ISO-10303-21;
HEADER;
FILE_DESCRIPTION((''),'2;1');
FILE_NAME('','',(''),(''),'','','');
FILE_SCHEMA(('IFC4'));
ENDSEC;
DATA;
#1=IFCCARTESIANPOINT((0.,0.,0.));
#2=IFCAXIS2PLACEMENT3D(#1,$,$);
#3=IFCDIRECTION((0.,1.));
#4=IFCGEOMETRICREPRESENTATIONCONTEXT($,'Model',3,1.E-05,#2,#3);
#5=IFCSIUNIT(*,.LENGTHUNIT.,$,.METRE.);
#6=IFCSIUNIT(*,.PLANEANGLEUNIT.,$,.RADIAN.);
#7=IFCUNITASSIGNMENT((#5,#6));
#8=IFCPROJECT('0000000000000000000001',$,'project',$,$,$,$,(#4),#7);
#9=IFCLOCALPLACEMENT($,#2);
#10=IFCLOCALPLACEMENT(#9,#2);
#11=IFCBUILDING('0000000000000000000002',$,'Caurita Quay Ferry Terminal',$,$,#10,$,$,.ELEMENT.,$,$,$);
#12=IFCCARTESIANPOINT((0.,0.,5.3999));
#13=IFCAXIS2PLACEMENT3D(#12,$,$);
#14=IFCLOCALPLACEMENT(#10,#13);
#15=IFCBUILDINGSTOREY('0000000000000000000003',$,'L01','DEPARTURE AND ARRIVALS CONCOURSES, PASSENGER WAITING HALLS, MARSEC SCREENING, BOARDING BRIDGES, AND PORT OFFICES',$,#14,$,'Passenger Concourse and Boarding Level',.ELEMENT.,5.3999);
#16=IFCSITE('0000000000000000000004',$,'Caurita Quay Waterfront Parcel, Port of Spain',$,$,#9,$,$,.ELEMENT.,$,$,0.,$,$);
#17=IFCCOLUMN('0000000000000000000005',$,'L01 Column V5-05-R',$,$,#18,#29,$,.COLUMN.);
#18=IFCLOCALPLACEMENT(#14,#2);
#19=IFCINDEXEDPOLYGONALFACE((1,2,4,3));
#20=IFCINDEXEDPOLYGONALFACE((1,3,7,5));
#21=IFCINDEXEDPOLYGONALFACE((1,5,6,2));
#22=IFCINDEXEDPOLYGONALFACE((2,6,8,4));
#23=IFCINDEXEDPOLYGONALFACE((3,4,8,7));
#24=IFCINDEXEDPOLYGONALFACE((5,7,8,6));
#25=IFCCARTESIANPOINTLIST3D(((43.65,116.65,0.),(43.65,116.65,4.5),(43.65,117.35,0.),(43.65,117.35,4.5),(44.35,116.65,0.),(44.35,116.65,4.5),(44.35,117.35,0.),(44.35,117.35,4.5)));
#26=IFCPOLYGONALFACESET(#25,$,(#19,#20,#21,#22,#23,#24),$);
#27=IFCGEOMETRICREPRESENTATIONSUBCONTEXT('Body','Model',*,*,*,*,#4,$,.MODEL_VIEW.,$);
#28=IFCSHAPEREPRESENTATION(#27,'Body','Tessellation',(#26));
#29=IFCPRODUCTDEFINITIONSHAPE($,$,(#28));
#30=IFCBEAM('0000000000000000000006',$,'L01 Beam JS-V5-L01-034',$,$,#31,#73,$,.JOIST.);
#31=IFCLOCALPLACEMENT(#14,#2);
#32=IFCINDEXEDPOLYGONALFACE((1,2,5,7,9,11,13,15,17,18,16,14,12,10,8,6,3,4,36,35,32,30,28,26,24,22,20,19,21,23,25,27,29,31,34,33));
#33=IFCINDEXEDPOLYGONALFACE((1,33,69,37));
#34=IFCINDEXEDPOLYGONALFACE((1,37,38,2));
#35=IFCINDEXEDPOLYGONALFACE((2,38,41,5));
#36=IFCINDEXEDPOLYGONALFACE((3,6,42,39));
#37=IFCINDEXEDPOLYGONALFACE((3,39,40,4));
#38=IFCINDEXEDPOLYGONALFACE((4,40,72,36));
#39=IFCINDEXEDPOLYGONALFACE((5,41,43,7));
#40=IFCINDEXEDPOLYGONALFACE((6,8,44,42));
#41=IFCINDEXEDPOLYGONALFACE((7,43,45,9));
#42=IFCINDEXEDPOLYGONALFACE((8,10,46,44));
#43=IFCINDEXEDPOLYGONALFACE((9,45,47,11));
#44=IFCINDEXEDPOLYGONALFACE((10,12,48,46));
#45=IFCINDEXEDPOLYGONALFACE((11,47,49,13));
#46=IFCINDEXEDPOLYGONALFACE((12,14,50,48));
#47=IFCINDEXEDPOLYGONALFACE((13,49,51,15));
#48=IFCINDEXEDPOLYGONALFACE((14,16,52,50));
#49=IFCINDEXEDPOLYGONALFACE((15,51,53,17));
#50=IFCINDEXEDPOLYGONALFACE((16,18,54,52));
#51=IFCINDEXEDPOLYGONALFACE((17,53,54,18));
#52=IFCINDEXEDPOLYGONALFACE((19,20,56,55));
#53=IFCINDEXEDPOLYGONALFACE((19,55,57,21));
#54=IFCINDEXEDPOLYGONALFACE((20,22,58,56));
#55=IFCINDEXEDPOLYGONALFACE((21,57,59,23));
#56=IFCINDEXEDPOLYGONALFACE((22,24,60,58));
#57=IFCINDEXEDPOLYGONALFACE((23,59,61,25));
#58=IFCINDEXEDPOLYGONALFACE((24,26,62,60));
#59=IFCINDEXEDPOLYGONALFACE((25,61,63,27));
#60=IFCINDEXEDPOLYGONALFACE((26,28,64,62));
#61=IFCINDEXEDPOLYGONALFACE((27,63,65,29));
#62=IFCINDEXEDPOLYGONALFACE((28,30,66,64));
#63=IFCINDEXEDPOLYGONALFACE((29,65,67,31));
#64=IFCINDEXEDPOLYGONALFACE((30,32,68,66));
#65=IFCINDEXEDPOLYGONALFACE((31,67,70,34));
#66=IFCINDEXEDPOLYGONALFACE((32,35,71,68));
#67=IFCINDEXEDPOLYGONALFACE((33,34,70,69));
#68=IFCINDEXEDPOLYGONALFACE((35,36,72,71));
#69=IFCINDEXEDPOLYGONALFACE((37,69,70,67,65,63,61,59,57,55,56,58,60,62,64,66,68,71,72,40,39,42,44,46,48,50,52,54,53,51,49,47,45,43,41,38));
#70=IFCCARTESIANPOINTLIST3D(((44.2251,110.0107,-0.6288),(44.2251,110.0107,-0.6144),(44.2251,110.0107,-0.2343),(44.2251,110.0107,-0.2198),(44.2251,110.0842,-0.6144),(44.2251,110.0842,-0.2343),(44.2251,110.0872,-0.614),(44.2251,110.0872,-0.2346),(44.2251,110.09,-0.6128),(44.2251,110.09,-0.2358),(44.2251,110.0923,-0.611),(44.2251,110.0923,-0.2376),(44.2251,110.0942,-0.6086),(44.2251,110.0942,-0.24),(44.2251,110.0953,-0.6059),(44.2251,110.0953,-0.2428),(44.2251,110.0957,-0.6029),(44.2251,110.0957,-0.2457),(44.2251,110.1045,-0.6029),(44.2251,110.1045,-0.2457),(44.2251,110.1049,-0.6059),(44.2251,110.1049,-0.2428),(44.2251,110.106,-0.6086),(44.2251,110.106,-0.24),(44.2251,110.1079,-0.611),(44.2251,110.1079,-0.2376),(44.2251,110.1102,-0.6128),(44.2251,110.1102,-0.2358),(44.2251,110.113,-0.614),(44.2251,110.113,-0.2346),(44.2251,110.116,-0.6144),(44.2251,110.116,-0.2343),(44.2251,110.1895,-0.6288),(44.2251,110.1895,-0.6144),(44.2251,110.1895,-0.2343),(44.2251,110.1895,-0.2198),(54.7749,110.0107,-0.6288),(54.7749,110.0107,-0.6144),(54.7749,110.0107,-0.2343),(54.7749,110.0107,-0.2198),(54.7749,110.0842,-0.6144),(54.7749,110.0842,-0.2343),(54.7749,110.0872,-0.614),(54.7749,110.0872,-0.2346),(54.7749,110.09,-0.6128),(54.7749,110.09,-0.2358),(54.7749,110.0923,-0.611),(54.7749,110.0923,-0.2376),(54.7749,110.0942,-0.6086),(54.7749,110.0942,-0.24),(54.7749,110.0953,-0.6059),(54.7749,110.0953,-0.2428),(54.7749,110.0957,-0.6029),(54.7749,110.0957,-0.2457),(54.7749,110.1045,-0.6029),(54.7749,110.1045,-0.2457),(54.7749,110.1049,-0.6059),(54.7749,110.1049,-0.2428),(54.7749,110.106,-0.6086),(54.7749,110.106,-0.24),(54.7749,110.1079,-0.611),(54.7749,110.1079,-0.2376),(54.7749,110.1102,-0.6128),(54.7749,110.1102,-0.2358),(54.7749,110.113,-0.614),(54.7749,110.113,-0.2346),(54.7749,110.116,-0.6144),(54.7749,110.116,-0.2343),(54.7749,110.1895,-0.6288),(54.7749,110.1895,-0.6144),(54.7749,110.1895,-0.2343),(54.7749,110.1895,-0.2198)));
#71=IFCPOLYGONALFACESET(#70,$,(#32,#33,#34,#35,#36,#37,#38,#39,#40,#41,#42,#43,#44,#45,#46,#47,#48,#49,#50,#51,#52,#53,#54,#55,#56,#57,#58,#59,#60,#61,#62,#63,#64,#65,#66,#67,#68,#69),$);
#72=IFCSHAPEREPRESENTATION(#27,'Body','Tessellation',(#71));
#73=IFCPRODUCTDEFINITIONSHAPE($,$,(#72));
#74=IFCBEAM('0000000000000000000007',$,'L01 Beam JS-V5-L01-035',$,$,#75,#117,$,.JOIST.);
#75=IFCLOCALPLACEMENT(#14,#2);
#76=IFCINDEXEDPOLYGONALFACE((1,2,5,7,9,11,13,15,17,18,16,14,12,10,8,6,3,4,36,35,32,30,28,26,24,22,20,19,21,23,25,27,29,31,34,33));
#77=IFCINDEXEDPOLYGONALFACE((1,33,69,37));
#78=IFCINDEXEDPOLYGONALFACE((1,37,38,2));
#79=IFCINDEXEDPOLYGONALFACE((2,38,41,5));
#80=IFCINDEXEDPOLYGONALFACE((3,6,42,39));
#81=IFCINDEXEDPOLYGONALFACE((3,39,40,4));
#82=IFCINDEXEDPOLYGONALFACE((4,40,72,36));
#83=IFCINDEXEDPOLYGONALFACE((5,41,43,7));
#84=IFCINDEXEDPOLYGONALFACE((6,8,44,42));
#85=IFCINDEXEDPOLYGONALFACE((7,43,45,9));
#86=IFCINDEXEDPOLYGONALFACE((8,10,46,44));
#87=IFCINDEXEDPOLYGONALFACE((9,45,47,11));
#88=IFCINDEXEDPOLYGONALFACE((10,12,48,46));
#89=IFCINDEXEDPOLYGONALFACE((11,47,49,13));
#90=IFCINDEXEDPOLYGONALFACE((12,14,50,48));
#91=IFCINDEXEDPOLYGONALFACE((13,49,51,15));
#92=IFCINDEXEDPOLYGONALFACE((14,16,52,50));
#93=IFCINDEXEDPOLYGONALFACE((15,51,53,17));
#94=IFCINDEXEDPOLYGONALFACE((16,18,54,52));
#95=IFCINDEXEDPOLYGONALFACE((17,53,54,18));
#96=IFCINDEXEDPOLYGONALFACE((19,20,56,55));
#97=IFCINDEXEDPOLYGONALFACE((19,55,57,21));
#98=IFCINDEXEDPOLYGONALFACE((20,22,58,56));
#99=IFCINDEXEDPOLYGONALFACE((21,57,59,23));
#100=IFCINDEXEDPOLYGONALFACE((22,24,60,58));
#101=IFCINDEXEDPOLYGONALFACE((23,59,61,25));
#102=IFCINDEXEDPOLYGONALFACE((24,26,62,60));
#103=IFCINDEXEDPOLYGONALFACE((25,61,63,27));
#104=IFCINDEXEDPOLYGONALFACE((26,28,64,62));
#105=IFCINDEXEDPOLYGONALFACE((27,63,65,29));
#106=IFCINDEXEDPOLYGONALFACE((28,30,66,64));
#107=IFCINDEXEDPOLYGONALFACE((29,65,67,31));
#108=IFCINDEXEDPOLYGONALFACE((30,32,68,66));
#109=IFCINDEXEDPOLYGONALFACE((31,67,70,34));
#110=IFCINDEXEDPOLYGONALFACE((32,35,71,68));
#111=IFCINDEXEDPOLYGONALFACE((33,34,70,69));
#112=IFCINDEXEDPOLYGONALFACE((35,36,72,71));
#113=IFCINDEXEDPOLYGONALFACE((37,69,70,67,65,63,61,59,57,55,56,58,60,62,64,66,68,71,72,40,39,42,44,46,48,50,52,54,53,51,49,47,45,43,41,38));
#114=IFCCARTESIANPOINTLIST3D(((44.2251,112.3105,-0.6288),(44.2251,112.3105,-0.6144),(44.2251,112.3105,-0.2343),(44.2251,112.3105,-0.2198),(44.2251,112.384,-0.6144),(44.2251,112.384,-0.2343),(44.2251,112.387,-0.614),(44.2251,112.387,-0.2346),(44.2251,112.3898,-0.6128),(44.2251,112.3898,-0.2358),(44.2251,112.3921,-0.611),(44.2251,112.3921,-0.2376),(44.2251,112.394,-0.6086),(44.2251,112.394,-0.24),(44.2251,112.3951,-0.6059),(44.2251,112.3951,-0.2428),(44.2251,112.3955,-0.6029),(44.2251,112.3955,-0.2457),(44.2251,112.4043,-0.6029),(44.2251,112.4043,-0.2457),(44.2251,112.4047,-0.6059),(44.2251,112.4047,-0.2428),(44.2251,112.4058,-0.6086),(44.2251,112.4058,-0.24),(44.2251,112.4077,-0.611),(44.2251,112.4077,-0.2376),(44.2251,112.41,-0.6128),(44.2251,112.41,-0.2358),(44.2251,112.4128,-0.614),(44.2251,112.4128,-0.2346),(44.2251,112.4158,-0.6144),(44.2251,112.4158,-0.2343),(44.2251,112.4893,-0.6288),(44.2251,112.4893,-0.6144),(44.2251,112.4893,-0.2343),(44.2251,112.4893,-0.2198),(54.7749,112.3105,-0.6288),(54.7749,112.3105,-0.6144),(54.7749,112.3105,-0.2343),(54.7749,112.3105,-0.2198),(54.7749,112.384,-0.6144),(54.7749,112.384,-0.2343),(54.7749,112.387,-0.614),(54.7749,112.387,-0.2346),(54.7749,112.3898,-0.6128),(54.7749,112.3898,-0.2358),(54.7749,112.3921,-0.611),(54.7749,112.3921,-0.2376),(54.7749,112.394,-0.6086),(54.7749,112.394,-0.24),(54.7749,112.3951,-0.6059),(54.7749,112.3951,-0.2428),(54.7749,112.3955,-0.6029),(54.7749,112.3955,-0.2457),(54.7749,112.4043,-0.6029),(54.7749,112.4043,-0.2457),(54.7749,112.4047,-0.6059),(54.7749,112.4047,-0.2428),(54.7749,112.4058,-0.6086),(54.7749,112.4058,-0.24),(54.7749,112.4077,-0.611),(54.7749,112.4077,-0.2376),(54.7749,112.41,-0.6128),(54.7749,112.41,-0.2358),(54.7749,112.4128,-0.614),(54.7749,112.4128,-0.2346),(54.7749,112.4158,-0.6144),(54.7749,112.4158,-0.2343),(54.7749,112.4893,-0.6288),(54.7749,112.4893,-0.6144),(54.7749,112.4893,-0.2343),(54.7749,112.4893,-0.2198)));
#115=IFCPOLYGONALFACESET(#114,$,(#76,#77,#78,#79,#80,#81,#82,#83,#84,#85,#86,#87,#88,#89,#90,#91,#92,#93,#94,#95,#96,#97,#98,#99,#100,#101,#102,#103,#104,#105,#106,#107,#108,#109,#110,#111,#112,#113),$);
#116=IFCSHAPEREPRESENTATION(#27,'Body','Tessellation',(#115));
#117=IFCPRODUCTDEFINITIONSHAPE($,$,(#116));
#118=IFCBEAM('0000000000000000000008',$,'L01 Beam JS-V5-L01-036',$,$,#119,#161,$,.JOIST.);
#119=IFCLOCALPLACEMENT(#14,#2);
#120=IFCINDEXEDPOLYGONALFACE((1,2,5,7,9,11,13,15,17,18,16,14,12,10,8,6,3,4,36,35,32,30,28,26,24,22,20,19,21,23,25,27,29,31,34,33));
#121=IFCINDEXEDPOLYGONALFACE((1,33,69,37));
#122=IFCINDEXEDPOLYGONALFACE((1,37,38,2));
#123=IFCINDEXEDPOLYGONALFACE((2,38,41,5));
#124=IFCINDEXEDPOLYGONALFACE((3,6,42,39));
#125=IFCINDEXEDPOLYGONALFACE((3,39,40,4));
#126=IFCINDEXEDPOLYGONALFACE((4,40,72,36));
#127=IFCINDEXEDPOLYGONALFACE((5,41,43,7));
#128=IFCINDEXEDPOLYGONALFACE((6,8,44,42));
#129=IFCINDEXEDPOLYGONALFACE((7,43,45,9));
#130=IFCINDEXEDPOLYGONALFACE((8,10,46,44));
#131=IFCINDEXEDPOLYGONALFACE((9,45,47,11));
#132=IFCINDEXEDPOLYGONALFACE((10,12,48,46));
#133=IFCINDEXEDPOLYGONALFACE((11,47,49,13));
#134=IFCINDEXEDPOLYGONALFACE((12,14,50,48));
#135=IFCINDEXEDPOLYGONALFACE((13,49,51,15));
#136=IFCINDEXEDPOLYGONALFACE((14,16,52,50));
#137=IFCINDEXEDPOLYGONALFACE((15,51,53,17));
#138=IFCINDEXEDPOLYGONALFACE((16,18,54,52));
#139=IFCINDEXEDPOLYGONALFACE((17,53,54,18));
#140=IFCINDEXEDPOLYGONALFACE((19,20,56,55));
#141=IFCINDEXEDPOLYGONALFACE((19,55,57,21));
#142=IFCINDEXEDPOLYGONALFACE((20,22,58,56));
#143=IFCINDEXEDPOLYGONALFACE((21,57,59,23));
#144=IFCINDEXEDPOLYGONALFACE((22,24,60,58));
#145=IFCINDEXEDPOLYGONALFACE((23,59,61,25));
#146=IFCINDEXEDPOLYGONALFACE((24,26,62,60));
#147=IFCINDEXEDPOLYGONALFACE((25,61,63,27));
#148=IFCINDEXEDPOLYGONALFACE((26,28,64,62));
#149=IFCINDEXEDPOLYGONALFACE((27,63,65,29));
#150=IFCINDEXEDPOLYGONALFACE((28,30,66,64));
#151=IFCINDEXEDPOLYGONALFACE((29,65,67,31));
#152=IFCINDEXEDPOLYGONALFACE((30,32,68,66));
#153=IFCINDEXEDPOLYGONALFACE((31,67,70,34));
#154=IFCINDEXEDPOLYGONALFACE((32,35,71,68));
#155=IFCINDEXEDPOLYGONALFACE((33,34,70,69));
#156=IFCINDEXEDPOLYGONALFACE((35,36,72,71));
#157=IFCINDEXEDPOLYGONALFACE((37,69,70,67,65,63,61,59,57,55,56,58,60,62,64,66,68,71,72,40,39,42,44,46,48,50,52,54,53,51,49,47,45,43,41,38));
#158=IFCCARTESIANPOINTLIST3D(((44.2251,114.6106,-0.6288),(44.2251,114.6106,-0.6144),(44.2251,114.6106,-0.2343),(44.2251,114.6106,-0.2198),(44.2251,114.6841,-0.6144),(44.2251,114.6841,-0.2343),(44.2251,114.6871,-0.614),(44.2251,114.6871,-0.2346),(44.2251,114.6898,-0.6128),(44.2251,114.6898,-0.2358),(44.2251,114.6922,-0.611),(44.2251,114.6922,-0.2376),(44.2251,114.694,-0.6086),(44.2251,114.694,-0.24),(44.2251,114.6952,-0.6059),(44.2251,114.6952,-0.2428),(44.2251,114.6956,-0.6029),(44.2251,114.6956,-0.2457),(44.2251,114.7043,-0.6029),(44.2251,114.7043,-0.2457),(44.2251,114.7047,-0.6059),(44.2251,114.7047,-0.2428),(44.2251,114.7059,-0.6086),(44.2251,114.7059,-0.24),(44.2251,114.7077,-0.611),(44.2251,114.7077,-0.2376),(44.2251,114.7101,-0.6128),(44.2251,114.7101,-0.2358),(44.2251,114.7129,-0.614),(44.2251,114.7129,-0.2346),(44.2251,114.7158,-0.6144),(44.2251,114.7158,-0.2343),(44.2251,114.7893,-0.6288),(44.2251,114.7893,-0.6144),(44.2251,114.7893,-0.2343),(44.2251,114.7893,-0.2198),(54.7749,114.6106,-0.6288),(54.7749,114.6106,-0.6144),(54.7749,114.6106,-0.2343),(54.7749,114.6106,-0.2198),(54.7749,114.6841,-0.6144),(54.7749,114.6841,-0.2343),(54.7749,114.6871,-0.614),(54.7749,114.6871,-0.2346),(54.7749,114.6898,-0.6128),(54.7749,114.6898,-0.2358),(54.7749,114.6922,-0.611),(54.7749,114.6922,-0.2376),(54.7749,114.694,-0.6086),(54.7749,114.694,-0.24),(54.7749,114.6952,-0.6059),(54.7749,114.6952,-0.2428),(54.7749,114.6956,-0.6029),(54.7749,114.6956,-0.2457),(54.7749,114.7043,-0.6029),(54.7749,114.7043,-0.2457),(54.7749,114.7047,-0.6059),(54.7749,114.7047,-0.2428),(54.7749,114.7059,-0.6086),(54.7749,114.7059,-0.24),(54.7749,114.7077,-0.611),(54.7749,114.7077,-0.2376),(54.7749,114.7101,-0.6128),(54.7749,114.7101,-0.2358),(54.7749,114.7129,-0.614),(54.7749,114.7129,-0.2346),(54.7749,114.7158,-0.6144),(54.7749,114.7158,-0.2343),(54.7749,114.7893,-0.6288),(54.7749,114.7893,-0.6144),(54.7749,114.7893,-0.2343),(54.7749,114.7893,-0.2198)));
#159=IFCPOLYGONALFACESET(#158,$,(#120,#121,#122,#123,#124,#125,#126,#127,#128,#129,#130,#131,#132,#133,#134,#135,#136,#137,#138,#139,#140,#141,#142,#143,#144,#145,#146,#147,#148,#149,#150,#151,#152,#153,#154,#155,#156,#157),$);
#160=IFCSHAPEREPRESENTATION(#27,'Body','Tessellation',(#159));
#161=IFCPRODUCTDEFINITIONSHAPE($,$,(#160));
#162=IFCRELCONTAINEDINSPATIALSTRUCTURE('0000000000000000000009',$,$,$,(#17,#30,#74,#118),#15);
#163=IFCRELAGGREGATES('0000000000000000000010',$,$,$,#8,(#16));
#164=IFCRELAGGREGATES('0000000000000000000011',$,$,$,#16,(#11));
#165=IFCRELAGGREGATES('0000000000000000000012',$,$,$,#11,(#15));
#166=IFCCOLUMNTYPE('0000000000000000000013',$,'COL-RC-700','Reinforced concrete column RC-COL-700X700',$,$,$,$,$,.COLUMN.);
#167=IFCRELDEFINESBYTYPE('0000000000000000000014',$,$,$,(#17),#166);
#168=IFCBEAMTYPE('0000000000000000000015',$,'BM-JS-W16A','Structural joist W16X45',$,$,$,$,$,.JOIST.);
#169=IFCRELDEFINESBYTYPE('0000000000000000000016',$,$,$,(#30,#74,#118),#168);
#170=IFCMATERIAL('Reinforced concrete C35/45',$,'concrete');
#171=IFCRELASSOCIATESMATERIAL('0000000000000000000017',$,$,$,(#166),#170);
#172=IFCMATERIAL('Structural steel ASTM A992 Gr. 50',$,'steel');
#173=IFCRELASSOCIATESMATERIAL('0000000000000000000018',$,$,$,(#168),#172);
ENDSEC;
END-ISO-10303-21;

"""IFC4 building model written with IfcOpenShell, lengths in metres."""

from ifc_helpers import new_model, si_unit, direction, frame, origin, origin_2d, place, context, subcontext, project, spatial, rectangle, i_section, extrude, material, material_profile, profile_set, type_object, element, save


model = new_model("IFC4")

# Units and contexts
model_context = context("Model", 3, precision=1e-05, world=origin(), true_north=direction((0.0, 1.0)))
body_context = subcontext(model_context, "Body", "Model", "MODEL_VIEW")
ifc_project = project(units=[si_unit("LENGTHUNIT", "METRE"), si_unit("PLANEANGLEUNIT", "RADIAN")], contexts=[model_context])

# Site, building, storey
site_placement = place(None, origin())
site = spatial("IfcSite", under=ifc_project, at=site_placement, Name="Caurita Quay Waterfront Parcel, Port of Spain", CompositionType="ELEMENT", RefElevation=0.0)
building_placement = place(site_placement, origin())
building = spatial("IfcBuilding", under=site, at=building_placement, Name="Caurita Quay Ferry Terminal", CompositionType="ELEMENT")
storey_placement = place(building_placement, frame((0.0, 0.0, 5.3999)))
storey = spatial("IfcBuildingStorey", under=building, at=storey_placement, Name="L01", Description="DEPARTURE AND ARRIVALS CONCOURSES, PASSENGER WAITING HALLS, MARSEC SCREENING, BOARDING BRIDGES, AND PORT OFFICES", LongName="Passenger Concourse and Boarding Level", CompositionType="ELEMENT", Elevation=5.3999)

# Column
ifc_material_1 = material(Name="Reinforced concrete C35/45", Category="concrete")
ifc_material_profile_1 = material_profile(ifc_material_1, rectangle(XDim=0.7, YDim=0.7, at=origin_2d()), Name="RC-COL-700X700")
ifc_profile_set_1 = profile_set([ifc_material_profile_1], Name="Reinforced concrete C35/45")
column_type = type_object("IfcColumnType", Name="COL-RC-700", Description="Reinforced concrete column RC-COL-700X700", PredefinedType="COLUMN", material=ifc_profile_set_1)
column_placement = place(storey_placement, frame((44.0, 117.0, 0.0), z_axis=(0.0, 0.0, 1.0), x_axis=(1.0, 0.0, 0.0)))
element("IfcColumn", 1, at=column_placement, inside=storey, type_object=column_type, Name="L01 Column V5-05-R", PredefinedType="COLUMN", context=body_context, shape_type="SweptSolid", body=[
    extrude(rectangle(XDim=0.7, YDim=0.7, at=origin_2d()), origin(), (0.0, 0.0, 1.0), 4.5),
])

# Beams
ifc_material_2 = material(Name="Structural steel ASTM A992 Gr. 50", Category="steel")
ifc_material_profile_2 = material_profile(ifc_material_2, i_section(OverallWidth=0.1787, OverallDepth=0.4089, WebThickness=0.0088, FlangeThickness=0.0144, FilletRadius=0.0115, at=origin_2d()), Name="W16X45")
ifc_profile_set_2 = profile_set([ifc_material_profile_2], Name="Structural steel ASTM A992 Gr. 50")
beam_type_1 = type_object("IfcBeamType", Name="BM-JS-W16A", Description="Structural joist W16X45", PredefinedType="JOIST", material=ifc_profile_set_2)
for number, where, z_axis, x_axis, name in (
    (2, (44.2251, 110.1001, -0.4243), (1.0, 0.0, 0.0), (0.0, 1.0, 0.0), "L01 Beam JS-V5-L01-034"),
    (3, (44.2251, 112.3999, -0.4243), (1.0, 0.0, 0.0), (0.0, 1.0, 0.0), "L01 Beam JS-V5-L01-035"),
    (4, (44.2251, 114.7, -0.4243), (1.0, 0.0, 0.0), (0.0, 1.0, 0.0), "L01 Beam JS-V5-L01-036"),
):
    element("IfcBeam", number, at=place(storey_placement, frame(where, z_axis=z_axis, x_axis=x_axis)), inside=storey, type_object=beam_type_1, Name=name, PredefinedType="JOIST", context=body_context, shape_type="SweptSolid", body=[
        extrude(i_section(OverallWidth=0.1787, OverallDepth=0.4089, WebThickness=0.0088, FlangeThickness=0.0144, FilletRadius=0.0115, at=origin_2d()), origin(), (0.0, 0.0, 1.0), 10.5498),
    ])

save(model, "model.ifc")
